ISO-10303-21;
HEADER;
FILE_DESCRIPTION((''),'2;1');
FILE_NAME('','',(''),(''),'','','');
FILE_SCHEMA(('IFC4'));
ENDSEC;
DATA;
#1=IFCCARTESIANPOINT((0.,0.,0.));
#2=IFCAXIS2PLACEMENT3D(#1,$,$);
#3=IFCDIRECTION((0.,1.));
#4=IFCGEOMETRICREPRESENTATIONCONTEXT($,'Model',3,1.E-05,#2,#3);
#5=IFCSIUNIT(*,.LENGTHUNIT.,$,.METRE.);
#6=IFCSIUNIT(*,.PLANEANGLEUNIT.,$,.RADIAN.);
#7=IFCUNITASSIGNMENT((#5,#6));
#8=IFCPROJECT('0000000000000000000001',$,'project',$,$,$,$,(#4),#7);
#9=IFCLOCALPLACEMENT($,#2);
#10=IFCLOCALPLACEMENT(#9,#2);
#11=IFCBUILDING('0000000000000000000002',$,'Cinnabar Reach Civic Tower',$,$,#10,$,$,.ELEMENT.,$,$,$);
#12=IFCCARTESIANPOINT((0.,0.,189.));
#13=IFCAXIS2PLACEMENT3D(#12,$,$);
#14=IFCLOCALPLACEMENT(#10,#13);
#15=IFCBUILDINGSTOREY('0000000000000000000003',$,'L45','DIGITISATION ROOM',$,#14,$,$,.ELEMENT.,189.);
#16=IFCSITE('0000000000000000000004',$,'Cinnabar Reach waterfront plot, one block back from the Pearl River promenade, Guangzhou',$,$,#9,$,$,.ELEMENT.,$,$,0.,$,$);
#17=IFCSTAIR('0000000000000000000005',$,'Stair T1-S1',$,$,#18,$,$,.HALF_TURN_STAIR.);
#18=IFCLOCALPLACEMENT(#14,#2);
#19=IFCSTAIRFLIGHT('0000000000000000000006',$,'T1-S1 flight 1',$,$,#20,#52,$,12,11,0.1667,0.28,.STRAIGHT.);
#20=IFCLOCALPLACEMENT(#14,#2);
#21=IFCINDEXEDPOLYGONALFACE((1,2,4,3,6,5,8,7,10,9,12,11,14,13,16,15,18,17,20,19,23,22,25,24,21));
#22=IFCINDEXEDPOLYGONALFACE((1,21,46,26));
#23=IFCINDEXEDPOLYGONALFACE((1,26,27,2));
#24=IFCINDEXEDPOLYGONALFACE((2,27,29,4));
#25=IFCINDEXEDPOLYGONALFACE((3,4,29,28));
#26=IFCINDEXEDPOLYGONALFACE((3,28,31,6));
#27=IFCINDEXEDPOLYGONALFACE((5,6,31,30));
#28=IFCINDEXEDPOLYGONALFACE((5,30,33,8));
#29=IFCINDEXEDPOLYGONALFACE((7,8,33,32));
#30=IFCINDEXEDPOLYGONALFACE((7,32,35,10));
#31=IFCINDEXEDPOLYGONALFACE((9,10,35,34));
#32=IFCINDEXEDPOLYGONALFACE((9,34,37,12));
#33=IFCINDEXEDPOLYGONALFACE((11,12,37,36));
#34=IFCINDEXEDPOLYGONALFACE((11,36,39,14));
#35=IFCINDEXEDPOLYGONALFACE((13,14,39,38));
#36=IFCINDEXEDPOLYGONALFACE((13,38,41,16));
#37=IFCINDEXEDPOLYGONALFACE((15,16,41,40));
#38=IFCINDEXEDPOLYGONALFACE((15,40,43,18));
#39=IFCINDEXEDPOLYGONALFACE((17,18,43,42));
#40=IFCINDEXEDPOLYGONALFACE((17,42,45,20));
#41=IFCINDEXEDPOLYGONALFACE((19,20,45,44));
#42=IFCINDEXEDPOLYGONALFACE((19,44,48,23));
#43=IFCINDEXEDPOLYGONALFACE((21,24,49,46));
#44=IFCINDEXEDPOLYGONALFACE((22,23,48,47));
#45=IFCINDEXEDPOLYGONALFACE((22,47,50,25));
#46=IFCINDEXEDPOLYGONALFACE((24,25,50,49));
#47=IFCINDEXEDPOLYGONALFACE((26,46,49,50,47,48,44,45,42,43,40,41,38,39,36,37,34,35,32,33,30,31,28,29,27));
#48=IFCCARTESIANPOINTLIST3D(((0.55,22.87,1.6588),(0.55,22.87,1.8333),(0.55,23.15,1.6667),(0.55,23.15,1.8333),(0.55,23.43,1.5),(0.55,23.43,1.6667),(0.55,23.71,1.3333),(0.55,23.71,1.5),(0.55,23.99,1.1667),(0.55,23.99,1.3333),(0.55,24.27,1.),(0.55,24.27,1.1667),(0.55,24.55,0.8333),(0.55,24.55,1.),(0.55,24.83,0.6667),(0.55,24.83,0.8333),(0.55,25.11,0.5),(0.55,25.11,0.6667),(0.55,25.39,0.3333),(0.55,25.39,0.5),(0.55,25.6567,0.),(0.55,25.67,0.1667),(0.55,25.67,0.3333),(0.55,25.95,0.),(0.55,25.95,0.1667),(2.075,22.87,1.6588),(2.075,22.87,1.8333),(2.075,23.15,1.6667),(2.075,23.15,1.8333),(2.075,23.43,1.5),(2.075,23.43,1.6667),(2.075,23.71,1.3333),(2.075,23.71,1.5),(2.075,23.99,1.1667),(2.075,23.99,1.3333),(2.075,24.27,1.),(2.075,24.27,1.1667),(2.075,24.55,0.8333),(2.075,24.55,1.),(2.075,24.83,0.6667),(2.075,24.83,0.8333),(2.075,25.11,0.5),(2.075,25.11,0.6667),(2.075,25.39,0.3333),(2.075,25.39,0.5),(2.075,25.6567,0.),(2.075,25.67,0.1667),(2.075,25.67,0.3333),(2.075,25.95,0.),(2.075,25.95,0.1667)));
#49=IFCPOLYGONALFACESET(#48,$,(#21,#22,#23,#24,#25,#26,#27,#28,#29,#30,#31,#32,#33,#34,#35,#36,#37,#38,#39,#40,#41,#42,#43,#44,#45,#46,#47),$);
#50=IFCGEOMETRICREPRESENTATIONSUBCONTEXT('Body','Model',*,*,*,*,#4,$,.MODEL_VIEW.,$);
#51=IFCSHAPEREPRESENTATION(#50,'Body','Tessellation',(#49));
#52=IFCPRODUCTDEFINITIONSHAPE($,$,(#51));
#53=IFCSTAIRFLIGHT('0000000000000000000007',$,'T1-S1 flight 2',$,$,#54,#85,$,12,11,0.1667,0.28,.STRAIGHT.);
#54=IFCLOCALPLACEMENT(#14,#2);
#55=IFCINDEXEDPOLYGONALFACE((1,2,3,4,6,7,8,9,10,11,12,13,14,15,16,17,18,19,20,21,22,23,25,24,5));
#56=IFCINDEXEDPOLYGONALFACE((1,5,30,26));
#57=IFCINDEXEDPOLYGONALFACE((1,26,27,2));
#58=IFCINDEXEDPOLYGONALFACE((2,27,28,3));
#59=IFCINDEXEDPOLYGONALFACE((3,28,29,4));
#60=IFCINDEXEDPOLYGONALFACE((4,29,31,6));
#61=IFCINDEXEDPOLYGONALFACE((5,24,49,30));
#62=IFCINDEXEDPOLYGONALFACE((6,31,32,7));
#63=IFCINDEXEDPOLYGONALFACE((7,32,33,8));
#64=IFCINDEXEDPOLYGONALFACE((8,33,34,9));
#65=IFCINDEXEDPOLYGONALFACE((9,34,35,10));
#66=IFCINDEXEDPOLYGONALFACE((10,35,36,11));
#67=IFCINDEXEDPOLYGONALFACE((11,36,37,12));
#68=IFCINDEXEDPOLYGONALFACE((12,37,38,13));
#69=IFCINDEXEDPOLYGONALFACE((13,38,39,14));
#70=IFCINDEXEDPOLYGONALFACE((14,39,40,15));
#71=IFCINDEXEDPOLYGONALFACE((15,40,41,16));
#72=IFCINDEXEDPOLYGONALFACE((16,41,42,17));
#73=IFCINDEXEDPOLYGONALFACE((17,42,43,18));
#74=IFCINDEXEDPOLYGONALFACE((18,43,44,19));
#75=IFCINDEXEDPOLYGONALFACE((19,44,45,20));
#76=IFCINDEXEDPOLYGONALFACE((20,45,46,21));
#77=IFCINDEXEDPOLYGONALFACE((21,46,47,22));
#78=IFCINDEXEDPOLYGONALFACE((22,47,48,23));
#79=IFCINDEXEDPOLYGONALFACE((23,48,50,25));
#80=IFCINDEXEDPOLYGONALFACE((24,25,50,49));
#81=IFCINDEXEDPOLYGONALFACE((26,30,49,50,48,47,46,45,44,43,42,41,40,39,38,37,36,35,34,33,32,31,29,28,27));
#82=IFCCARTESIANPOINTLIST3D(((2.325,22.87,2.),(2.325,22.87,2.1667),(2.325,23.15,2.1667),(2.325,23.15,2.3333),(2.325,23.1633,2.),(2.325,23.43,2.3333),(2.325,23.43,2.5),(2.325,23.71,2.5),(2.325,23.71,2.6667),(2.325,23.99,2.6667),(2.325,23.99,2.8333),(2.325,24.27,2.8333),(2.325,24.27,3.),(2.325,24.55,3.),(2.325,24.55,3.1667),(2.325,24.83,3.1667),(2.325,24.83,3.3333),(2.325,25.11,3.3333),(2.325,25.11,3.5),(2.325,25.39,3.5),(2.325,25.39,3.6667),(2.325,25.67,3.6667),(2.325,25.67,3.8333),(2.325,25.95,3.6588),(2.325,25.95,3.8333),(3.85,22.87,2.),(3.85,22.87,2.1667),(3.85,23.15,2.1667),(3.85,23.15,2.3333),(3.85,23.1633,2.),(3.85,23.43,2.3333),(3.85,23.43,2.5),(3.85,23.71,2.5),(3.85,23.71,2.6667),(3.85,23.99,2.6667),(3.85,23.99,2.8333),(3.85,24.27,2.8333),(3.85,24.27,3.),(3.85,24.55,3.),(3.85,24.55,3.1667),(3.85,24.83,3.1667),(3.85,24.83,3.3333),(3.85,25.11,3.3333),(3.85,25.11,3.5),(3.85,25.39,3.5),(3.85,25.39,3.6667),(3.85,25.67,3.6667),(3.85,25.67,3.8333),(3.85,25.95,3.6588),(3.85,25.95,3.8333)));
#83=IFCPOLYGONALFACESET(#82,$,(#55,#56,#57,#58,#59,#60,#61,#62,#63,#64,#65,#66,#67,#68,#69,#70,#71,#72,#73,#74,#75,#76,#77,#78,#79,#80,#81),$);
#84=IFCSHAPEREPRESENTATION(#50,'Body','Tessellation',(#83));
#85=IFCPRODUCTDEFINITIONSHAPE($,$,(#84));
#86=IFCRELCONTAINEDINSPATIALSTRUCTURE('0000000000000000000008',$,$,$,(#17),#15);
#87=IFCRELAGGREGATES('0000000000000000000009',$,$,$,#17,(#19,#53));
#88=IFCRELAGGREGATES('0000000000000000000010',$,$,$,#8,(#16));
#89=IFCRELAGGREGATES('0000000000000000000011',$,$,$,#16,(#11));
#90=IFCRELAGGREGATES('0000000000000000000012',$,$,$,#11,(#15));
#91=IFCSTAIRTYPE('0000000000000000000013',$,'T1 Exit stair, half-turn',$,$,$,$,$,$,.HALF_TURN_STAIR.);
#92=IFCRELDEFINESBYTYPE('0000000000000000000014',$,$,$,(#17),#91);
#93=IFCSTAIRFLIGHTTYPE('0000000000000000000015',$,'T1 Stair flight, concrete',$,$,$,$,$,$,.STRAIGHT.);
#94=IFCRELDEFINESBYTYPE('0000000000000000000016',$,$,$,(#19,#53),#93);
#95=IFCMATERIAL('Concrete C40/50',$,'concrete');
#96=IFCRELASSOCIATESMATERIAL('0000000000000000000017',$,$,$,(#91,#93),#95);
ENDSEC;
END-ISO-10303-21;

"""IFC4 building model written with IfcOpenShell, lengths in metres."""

from ifc_helpers import new_model, si_unit, direction, frame, origin, place, context, subcontext, project, spatial, polyline, outline, extrude, material, type_object, element, aggregate, save


model = new_model("IFC4")

# Units and contexts
model_context = context("Model", 3, precision=1e-05, world=origin(), true_north=direction((0.0, 1.0)))
body_context = subcontext(model_context, "Body", "Model", "MODEL_VIEW")
ifc_project = project(units=[si_unit("LENGTHUNIT", "METRE"), si_unit("PLANEANGLEUNIT", "RADIAN")], contexts=[model_context])

# Site, building, storey
site_placement = place(None, origin())
site = spatial("IfcSite", under=ifc_project, at=site_placement, Name="Cinnabar Reach waterfront plot, one block back from the Pearl River promenade, Guangzhou", CompositionType="ELEMENT", RefElevation=0.0)
building_placement = place(site_placement, origin())
building = spatial("IfcBuilding", under=site, at=building_placement, Name="Cinnabar Reach Civic Tower", CompositionType="ELEMENT")
storey_placement = place(building_placement, frame((0.0, 0.0, 189.0)))
storey = spatial("IfcBuildingStorey", under=building, at=storey_placement, Name="L45", Description="DIGITISATION ROOM", CompositionType="ELEMENT", Elevation=189.0)

# Shared definitions
ifc_material_1 = material(Name="Concrete C40/50", Category="concrete")

# Stair, stair flights
stair_type = type_object("IfcStairType", Name="T1 Exit stair, half-turn", PredefinedType="HALF_TURN_STAIR", material=ifc_material_1)
stair_placement = place(storey_placement, origin())
stair = element("IfcStair", 1, at=stair_placement, inside=storey, type_object=stair_type, Name="Stair T1-S1", PredefinedType="HALF_TURN_STAIR")
stair_flight_type = type_object("IfcStairFlightType", Name="T1 Stair flight, concrete", PredefinedType="STRAIGHT", material=ifc_material_1)
stair_flight_1_placement = place(storey_placement, frame((1.3125, 25.95, 0.0), z_axis=(0.0, 0.0, 1.0), x_axis=(0.0, -1.0, 0.0)))
stair_flight_1 = element("IfcStairFlight", 2, at=stair_flight_1_placement, type_object=stair_flight_type, Name="T1-S1 flight 1", NumberOfRisers=12, NumberOfTreads=11, PredefinedType="STRAIGHT", RiserHeight=0.1667, TreadLength=0.28, context=body_context, shape_type="SweptSolid", body=[
    extrude(outline(polyline([(0.0, 0.0), (0.0, 0.1667), (0.28, 0.1667), (0.28, 0.3333), (0.56, 0.3333), (0.56, 0.5), (0.84, 0.5), (0.84, 0.6667), (1.12, 0.6667), (1.12, 0.8333), (1.4, 0.8333), (1.4, 1.0), (1.68, 1.0), (1.68, 1.1667), (1.96, 1.1667), (1.96, 1.3333), (2.24, 1.3333), (2.24, 1.5), (2.52, 1.5), (2.52, 1.6667), (2.8, 1.6667), (2.8, 1.8333), (3.08, 1.8333), (3.08, 2.0), (3.08, 1.6588), (0.2933, 0.0), (0.0, 0.0)])), frame((0.0, 0.7625, 0.0), z_axis=(0.0, -1.0, 0.0), x_axis=(1.0, 0.0, 0.0)), (0.0, 0.0, 1.0), 1.525),
])
stair_flight_2_placement = place(storey_placement, frame((3.0875, 22.87, 2.0), z_axis=(0.0, 0.0, 1.0), x_axis=(0.0, 1.0, 0.0)))
stair_flight_2 = element("IfcStairFlight", 3, at=stair_flight_2_placement, type_object=stair_flight_type, Name="T1-S1 flight 2", NumberOfRisers=12, NumberOfTreads=11, PredefinedType="STRAIGHT", RiserHeight=0.1667, TreadLength=0.28, context=body_context, shape_type="SweptSolid", body=[
    extrude(outline(polyline([(0.0, 0.0), (0.0, 0.1667), (0.28, 0.1667), (0.28, 0.3333), (0.56, 0.3333), (0.56, 0.5), (0.84, 0.5), (0.84, 0.6667), (1.12, 0.6667), (1.12, 0.8333), (1.4, 0.8333), (1.4, 1.0), (1.68, 1.0), (1.68, 1.1667), (1.96, 1.1667), (1.96, 1.3333), (2.24, 1.3333), (2.24, 1.5), (2.52, 1.5), (2.52, 1.6667), (2.8, 1.6667), (2.8, 1.8333), (3.08, 1.8333), (3.08, 2.0), (3.08, 1.6588), (0.2933, 0.0), (0.0, 0.0)])), frame((0.0, 0.7625, 0.0), z_axis=(0.0, -1.0, 0.0), x_axis=(1.0, 0.0, 0.0)), (0.0, 0.0, 1.0), 1.525),
])
aggregate(stair, [stair_flight_1, stair_flight_2])

save(model, "model.ifc")
